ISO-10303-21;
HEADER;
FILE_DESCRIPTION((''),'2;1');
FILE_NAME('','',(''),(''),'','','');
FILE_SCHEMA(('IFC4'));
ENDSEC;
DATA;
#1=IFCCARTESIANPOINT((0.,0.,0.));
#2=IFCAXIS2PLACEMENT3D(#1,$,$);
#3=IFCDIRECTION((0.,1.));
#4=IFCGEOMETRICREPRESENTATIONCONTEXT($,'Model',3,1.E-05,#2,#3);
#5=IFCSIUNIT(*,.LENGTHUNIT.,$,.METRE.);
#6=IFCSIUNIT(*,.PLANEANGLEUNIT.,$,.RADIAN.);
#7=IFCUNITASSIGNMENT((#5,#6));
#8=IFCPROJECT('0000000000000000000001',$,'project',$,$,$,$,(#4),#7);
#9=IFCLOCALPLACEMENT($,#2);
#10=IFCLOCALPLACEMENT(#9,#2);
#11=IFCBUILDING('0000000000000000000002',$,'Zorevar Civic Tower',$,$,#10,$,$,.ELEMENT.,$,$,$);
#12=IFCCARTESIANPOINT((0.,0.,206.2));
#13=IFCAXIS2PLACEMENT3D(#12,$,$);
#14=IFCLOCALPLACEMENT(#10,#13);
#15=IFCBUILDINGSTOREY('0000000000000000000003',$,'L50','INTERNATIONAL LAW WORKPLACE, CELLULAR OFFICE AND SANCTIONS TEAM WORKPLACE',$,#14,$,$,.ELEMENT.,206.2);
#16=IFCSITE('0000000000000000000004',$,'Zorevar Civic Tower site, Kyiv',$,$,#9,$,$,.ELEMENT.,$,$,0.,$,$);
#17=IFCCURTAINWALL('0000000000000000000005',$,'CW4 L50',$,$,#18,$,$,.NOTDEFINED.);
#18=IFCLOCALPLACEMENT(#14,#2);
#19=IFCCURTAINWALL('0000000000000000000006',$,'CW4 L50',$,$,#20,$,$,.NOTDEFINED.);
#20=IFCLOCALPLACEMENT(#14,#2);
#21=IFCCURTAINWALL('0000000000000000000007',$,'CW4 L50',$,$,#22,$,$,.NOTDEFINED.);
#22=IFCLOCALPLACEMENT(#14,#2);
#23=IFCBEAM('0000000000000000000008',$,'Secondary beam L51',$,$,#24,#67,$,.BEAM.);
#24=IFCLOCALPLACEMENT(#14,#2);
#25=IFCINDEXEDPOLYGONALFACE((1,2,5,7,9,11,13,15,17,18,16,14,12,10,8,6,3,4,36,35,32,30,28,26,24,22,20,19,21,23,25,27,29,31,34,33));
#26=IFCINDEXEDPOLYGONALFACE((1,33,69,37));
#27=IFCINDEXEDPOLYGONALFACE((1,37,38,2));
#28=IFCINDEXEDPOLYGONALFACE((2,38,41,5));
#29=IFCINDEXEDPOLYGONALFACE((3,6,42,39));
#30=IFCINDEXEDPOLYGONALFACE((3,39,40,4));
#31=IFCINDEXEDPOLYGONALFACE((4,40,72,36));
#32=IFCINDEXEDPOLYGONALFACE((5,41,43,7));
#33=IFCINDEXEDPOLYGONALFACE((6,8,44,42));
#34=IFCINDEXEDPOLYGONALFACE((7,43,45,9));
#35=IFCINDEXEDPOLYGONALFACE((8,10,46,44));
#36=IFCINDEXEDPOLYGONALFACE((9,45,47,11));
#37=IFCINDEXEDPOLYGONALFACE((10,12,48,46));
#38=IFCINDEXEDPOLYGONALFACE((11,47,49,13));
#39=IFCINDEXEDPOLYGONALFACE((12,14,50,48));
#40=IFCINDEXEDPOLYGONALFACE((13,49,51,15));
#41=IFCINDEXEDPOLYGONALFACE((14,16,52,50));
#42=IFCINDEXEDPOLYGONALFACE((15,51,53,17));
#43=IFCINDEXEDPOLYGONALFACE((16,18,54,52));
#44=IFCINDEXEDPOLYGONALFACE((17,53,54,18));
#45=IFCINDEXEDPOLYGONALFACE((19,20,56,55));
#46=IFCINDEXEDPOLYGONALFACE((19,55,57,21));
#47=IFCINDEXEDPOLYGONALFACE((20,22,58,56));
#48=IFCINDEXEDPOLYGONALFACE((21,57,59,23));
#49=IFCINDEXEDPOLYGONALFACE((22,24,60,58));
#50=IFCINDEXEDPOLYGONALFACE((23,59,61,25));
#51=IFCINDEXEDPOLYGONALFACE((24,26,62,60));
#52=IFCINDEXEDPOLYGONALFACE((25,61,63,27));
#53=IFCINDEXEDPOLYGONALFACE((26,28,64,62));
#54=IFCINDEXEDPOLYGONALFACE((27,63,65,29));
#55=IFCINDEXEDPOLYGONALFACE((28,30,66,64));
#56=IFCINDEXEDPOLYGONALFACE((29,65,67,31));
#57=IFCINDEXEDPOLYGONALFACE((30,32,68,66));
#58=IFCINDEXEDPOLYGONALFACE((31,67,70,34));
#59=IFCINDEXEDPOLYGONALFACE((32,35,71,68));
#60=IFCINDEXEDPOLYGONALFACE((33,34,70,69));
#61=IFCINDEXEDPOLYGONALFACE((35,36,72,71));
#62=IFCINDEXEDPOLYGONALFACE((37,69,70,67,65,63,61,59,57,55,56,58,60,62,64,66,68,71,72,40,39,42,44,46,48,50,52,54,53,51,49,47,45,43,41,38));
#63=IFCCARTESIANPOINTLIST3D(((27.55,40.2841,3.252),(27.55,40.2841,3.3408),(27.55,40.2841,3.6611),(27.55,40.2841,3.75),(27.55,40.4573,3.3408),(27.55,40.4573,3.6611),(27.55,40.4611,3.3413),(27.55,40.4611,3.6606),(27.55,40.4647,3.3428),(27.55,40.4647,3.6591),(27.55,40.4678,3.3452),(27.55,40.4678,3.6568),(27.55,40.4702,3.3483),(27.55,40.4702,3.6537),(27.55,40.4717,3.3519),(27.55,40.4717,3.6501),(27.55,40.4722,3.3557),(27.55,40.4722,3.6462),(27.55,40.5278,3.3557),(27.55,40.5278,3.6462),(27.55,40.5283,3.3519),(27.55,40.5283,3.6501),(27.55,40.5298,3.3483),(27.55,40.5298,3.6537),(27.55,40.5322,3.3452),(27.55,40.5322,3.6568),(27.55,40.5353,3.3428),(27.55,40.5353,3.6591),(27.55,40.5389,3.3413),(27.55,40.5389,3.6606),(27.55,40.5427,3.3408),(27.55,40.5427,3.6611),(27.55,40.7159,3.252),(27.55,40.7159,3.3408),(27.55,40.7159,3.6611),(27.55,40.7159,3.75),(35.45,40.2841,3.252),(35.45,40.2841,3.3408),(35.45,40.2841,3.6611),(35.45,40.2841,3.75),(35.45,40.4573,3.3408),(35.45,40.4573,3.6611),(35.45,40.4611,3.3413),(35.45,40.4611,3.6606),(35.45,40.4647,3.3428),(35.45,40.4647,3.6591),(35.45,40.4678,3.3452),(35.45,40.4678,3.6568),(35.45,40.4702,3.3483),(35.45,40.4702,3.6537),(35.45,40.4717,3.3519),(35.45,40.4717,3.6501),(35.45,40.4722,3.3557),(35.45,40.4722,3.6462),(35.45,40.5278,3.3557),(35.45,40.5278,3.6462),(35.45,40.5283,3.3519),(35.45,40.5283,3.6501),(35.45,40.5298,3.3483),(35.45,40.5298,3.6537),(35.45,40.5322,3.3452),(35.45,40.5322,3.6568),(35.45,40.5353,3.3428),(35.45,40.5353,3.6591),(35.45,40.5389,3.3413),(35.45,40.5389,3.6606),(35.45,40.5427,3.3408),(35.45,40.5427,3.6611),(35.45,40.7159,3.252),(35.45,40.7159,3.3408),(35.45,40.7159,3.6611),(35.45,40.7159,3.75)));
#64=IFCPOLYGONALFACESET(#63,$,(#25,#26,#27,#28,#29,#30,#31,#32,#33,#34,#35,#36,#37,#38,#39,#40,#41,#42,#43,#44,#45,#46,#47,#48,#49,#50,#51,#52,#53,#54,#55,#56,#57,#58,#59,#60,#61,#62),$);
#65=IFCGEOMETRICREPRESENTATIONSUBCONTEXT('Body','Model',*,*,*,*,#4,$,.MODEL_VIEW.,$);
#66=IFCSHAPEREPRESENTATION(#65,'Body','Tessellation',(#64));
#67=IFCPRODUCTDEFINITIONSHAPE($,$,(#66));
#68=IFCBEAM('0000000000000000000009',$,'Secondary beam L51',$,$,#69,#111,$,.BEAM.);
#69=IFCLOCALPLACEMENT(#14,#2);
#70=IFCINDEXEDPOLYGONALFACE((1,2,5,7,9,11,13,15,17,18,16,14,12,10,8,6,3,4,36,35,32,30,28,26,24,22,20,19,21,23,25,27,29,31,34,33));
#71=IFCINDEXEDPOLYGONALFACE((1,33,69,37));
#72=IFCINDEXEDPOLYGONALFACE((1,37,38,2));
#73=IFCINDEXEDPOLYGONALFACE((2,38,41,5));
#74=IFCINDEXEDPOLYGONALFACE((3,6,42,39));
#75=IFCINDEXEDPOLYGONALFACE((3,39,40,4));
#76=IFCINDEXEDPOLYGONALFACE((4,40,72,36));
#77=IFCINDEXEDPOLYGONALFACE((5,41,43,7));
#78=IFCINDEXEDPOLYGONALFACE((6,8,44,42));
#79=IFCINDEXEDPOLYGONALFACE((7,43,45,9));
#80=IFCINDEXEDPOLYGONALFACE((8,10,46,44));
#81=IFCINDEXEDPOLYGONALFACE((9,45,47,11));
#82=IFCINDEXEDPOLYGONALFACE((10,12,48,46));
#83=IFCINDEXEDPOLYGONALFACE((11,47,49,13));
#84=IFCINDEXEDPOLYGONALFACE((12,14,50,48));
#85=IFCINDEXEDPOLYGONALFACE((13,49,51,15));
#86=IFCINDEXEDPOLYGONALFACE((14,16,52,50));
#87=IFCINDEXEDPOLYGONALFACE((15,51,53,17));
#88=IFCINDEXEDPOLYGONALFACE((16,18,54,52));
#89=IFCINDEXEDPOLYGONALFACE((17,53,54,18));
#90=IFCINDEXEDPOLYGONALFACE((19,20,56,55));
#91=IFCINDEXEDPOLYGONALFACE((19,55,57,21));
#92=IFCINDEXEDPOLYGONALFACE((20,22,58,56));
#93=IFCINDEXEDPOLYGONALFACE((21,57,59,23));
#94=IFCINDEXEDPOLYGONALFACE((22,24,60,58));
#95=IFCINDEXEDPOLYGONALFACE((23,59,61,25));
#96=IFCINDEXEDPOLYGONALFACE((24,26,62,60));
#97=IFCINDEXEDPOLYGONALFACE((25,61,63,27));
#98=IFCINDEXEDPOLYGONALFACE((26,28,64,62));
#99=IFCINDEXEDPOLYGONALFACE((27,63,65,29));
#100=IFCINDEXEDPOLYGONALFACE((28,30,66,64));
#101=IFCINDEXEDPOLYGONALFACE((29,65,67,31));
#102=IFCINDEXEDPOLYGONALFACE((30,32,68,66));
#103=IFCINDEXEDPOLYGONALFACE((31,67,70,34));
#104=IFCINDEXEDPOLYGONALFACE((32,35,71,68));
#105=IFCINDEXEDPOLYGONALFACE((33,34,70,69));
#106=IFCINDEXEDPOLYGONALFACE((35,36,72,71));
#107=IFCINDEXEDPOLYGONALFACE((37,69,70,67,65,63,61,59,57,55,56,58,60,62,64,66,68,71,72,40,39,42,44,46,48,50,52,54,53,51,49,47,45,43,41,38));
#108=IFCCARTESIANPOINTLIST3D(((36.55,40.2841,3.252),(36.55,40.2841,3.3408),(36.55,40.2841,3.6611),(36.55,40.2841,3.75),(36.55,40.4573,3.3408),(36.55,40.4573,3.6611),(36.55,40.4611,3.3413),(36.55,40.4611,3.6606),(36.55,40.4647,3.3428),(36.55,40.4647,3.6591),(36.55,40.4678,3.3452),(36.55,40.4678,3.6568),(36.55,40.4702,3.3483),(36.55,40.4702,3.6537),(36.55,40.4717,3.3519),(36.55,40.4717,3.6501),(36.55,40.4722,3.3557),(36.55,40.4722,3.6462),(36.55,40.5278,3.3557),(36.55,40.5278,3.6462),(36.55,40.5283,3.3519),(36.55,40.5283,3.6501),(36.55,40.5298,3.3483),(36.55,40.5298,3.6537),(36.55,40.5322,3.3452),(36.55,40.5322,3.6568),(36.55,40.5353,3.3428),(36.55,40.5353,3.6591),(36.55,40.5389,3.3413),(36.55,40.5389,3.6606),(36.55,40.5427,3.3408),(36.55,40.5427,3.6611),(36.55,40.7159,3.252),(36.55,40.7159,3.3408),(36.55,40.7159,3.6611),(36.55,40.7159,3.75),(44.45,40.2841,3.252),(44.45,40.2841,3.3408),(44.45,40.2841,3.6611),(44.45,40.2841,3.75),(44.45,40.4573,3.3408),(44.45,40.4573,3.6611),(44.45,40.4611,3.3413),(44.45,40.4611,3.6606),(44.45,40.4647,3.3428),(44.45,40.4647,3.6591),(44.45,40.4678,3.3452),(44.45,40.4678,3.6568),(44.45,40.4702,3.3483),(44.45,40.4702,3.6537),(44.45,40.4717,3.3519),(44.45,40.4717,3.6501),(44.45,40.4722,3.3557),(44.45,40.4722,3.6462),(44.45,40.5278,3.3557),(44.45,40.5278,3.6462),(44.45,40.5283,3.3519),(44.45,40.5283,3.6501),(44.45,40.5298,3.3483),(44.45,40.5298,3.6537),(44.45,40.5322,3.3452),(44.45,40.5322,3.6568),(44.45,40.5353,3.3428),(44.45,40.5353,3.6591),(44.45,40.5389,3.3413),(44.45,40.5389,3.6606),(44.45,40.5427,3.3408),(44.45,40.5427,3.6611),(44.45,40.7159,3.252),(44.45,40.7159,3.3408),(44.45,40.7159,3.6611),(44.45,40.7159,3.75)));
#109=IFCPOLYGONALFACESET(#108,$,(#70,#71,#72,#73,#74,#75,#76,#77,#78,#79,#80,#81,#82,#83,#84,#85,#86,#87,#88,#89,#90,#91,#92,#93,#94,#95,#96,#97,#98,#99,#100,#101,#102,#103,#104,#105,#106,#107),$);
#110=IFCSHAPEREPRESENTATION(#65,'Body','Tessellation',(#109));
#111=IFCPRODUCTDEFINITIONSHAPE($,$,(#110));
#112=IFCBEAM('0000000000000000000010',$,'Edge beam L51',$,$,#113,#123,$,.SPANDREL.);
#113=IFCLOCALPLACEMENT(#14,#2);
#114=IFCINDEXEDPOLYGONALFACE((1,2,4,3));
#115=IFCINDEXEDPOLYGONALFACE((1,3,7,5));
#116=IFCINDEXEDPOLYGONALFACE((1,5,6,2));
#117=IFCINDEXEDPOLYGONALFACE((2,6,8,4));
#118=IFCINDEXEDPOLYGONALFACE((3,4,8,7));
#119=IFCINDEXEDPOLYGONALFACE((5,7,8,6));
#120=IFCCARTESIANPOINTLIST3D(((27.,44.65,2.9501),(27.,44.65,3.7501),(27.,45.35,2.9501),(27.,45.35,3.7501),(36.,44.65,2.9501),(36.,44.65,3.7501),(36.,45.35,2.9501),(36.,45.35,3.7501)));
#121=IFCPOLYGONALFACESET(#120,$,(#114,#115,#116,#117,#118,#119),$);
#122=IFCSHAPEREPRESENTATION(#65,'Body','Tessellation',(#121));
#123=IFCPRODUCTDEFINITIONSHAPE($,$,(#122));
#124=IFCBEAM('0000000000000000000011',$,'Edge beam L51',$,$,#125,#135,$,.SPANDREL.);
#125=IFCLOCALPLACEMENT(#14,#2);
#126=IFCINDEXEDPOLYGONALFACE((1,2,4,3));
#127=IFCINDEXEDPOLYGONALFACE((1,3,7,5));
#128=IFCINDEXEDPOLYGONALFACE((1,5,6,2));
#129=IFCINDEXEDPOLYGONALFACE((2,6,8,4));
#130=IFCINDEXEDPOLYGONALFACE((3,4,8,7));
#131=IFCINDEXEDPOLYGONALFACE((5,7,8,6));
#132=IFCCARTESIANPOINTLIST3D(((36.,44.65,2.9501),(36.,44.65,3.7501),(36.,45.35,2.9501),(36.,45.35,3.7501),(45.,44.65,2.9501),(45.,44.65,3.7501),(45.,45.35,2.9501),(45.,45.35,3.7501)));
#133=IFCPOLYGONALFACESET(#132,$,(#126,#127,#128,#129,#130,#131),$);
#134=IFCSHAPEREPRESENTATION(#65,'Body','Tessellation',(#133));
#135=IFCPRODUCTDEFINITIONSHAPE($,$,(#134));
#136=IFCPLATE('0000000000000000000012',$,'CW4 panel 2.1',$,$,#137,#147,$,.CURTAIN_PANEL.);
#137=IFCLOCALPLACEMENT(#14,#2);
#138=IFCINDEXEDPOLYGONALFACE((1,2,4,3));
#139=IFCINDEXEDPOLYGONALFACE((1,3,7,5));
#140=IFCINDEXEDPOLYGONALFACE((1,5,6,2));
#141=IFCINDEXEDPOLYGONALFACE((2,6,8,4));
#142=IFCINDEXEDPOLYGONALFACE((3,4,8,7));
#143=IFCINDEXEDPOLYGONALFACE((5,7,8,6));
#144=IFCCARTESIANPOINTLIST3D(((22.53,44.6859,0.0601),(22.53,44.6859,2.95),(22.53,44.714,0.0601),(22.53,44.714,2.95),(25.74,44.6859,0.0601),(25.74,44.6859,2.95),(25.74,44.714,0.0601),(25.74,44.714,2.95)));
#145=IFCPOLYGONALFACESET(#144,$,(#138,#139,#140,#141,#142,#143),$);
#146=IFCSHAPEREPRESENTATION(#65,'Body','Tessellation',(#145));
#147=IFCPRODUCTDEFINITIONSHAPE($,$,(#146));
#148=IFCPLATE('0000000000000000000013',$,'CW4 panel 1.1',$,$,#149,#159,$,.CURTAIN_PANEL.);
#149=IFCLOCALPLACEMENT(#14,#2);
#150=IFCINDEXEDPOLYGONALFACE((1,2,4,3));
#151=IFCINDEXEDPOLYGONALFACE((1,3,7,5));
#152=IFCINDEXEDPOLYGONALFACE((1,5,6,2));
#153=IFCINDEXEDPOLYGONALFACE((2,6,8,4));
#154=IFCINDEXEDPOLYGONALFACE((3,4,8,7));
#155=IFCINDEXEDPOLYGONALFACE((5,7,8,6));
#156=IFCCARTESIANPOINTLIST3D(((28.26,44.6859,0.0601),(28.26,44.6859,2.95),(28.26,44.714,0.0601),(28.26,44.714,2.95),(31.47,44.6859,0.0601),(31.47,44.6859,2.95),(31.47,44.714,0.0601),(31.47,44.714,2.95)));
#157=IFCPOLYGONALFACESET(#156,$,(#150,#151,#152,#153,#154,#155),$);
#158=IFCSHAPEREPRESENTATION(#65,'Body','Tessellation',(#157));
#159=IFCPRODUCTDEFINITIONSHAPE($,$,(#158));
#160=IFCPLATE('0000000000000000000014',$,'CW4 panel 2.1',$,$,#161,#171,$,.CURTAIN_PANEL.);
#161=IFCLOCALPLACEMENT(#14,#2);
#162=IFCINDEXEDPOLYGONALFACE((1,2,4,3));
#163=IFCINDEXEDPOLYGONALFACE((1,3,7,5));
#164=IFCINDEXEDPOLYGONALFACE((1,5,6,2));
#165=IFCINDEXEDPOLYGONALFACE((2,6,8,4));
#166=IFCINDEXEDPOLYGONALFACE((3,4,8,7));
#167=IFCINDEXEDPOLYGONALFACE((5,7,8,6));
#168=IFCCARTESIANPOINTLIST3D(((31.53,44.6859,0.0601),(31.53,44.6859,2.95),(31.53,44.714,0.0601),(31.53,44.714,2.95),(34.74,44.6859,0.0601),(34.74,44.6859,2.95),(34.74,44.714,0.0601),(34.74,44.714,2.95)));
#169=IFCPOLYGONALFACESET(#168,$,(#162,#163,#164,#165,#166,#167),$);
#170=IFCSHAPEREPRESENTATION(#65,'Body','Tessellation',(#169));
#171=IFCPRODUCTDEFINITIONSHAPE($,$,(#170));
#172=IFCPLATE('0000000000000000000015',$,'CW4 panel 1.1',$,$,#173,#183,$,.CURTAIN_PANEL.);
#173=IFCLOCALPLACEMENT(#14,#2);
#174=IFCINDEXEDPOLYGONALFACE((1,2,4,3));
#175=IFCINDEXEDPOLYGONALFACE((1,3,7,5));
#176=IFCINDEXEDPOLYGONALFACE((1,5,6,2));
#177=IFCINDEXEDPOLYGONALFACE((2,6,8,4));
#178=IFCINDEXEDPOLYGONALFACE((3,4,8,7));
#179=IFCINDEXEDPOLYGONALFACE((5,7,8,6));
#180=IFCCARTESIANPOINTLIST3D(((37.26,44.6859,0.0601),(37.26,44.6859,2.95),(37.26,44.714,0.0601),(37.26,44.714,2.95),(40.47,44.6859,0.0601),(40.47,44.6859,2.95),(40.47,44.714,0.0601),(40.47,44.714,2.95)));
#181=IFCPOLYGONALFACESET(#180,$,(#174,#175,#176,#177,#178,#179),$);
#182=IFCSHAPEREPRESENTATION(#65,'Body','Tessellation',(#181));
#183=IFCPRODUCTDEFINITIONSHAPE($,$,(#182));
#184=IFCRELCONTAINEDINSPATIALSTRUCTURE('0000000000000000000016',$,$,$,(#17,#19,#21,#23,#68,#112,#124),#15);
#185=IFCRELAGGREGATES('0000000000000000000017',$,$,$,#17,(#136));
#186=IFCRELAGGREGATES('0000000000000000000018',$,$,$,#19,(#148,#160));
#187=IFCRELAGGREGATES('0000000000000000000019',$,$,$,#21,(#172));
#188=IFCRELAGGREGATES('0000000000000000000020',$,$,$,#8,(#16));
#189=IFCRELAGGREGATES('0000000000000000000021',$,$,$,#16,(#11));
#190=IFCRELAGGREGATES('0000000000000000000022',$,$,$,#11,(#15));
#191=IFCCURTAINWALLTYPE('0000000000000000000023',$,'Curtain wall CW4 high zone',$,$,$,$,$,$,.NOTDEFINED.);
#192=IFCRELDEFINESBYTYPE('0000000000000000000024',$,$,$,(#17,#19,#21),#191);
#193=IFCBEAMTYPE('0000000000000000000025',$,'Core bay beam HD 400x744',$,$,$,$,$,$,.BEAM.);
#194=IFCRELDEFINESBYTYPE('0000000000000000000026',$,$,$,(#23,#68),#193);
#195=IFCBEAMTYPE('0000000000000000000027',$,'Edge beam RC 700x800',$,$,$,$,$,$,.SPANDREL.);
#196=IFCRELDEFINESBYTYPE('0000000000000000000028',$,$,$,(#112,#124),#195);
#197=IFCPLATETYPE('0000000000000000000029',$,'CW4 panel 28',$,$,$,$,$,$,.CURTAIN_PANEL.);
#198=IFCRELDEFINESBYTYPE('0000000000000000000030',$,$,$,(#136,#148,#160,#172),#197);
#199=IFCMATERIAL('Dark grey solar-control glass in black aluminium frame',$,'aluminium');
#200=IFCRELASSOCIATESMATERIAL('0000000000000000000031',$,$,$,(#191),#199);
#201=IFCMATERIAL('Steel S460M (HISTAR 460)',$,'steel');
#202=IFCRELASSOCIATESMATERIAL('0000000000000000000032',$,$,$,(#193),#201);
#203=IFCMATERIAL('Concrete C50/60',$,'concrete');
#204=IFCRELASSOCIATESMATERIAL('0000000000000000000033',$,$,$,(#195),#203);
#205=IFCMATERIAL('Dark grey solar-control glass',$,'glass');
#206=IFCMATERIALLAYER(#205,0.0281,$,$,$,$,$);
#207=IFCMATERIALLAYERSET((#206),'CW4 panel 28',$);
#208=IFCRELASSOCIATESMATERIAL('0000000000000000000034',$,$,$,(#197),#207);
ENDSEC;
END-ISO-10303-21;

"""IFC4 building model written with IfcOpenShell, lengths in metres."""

from ifc_helpers import new_model, si_unit, direction, frame, origin, origin_2d, place, context, subcontext, project, spatial, rectangle, i_section, extrude, material, layer, layer_set, material_profile, profile_set, type_object, element, aggregate, save


model = new_model("IFC4")

# Units and contexts
model_context = context("Model", 3, precision=1e-05, world=origin(), true_north=direction((0.0, 1.0)))
body_context = subcontext(model_context, "Body", "Model", "MODEL_VIEW")
ifc_project = project(units=[si_unit("LENGTHUNIT", "METRE"), si_unit("PLANEANGLEUNIT", "RADIAN")], contexts=[model_context])

# Site, building, storey
site_placement = place(None, origin())
site = spatial("IfcSite", under=ifc_project, at=site_placement, Name="Zorevar Civic Tower site, Kyiv", CompositionType="ELEMENT", RefElevation=0.0)
building_placement = place(site_placement, origin())
building = spatial("IfcBuilding", under=site, at=building_placement, Name="Zorevar Civic Tower", CompositionType="ELEMENT")
storey_placement = place(building_placement, frame((0.0, 0.0, 206.2)))
storey = spatial("IfcBuildingStorey", under=building, at=storey_placement, Name="L50", Description="INTERNATIONAL LAW WORKPLACE, CELLULAR OFFICE AND SANCTIONS TEAM WORKPLACE", CompositionType="ELEMENT", Elevation=206.2)

# Curtain walls
ifc_material_1 = material(Name="Dark grey solar-control glass in black aluminium frame", Category="aluminium")
curtain_wall_type = type_object("IfcCurtainWallType", Name="Curtain wall CW4 high zone", PredefinedType="NOTDEFINED", material=ifc_material_1)
curtain_wall_1_placement = place(storey_placement, origin())
curtain_wall_1 = element("IfcCurtainWall", 1, at=curtain_wall_1_placement, inside=storey, type_object=curtain_wall_type, Name="CW4 L50", PredefinedType="NOTDEFINED")
curtain_wall_2_placement = place(storey_placement, origin())
curtain_wall_2 = element("IfcCurtainWall", 2, at=curtain_wall_2_placement, inside=storey, type_object=curtain_wall_type, Name="CW4 L50", PredefinedType="NOTDEFINED")
curtain_wall_3_placement = place(storey_placement, origin())
curtain_wall_3 = element("IfcCurtainWall", 3, at=curtain_wall_3_placement, inside=storey, type_object=curtain_wall_type, Name="CW4 L50", PredefinedType="NOTDEFINED")

# Beams
ifc_material_2 = material(Name="Steel S460M (HISTAR 460)", Category="steel")
ifc_material_profile_1 = material_profile(ifc_material_2, i_section(OverallWidth=0.4319, OverallDepth=0.498, WebThickness=0.0557, FlangeThickness=0.0889, FilletRadius=0.0149, at=origin_2d()), Name="HD 400x744")
ifc_profile_set_1 = profile_set([ifc_material_profile_1], Name="Steel S460M (HISTAR 460)")
beam_type_1 = type_object("IfcBeamType", Name="Core bay beam HD 400x744", PredefinedType="BEAM", material=ifc_profile_set_1)
for number, where, z_axis, x_axis, name in (
    (4, (27.55, 40.5, 3.501), (1.0, 0.0, 0.0), (0.0, 1.0, 0.0), "Secondary beam L51"),
    (5, (36.55, 40.5, 3.501), (1.0, 0.0, 0.0), (0.0, 1.0, 0.0), "Secondary beam L51"),
):
    element("IfcBeam", number, at=place(storey_placement, frame(where, z_axis=z_axis, x_axis=x_axis)), inside=storey, type_object=beam_type_1, Name=name, PredefinedType="BEAM", context=body_context, shape_type="SweptSolid", body=[
        extrude(i_section(OverallWidth=0.4319, OverallDepth=0.498, WebThickness=0.0557, FlangeThickness=0.0889, FilletRadius=0.0149, at=origin_2d()), origin(), (0.0, 0.0, 1.0), 7.8999),
    ])
ifc_material_3 = material(Name="Concrete C50/60", Category="concrete")
ifc_material_profile_2 = material_profile(ifc_material_3, rectangle(XDim=0.7, YDim=0.8, at=origin_2d()), Name="RC 700x800")
ifc_profile_set_2 = profile_set([ifc_material_profile_2], Name="Concrete C50/60")
beam_type_2 = type_object("IfcBeamType", Name="Edge beam RC 700x800", PredefinedType="SPANDREL", material=ifc_profile_set_2)
for number, where, z_axis, x_axis, name in (
    (6, (27.0, 45.0, 3.3501), (1.0, 0.0, 0.0), (0.0, 1.0, 0.0), "Edge beam L51"),
    (7, (36.0, 45.0, 3.3501), (1.0, 0.0, 0.0), (0.0, 1.0, 0.0), "Edge beam L51"),
):
    element("IfcBeam", number, at=place(storey_placement, frame(where, z_axis=z_axis, x_axis=x_axis)), inside=storey, type_object=beam_type_2, Name=name, PredefinedType="SPANDREL", context=body_context, shape_type="SweptSolid", body=[
        extrude(rectangle(XDim=0.7, YDim=0.8, at=origin_2d()), origin(), (0.0, 0.0, 1.0), 9.0),
    ])

# Plates
ifc_material_4 = material(Name="Dark grey solar-control glass", Category="glass")
ifc_layer_1 = layer(ifc_material_4, 0.0281)
ifc_layer_set_1 = layer_set([ifc_layer_1], Name="CW4 panel 28")
plate_type = type_object("IfcPlateType", Name="CW4 panel 28", PredefinedType="CURTAIN_PANEL", material=ifc_layer_set_1)
plate_1_placement = place(storey_placement, frame((24.135, 44.7, 0.0601), z_axis=(0.0, 0.0, 1.0), x_axis=(1.0, 0.0, 0.0)))
plate_1 = element("IfcPlate", 8, at=plate_1_placement, type_object=plate_type, Name="CW4 panel 2.1", PredefinedType="CURTAIN_PANEL", context=body_context, shape_type="SweptSolid", body=[
    extrude(rectangle(XDim=3.21, YDim=0.0281, at=origin_2d()), origin(), (0.0, 0.0, 1.0), 2.8899),
])
aggregate(curtain_wall_1, [plate_1])
plate_2_placement = place(storey_placement, frame((29.865, 44.7, 0.0601), z_axis=(0.0, 0.0, 1.0), x_axis=(1.0, 0.0, 0.0)))
plate_2 = element("IfcPlate", 9, at=plate_2_placement, type_object=plate_type, Name="CW4 panel 1.1", PredefinedType="CURTAIN_PANEL", context=body_context, shape_type="SweptSolid", body=[
    extrude(rectangle(XDim=3.21, YDim=0.0281, at=origin_2d()), origin(), (0.0, 0.0, 1.0), 2.8899),
])
plate_3_placement = place(storey_placement, frame((33.135, 44.7, 0.0601), z_axis=(0.0, 0.0, 1.0), x_axis=(1.0, 0.0, 0.0)))
plate_3 = element("IfcPlate", 10, at=plate_3_placement, type_object=plate_type, Name="CW4 panel 2.1", PredefinedType="CURTAIN_PANEL", context=body_context, shape_type="SweptSolid", body=[
    extrude(rectangle(XDim=3.21, YDim=0.0281, at=origin_2d()), origin(), (0.0, 0.0, 1.0), 2.8899),
])
aggregate(curtain_wall_2, [plate_2, plate_3])
plate_4_placement = place(storey_placement, frame((38.865, 44.7, 0.0601), z_axis=(0.0, 0.0, 1.0), x_axis=(1.0, 0.0, 0.0)))
plate_4 = element("IfcPlate", 11, at=plate_4_placement, type_object=plate_type, Name="CW4 panel 1.1", PredefinedType="CURTAIN_PANEL", context=body_context, shape_type="SweptSolid", body=[
    extrude(rectangle(XDim=3.21, YDim=0.0281, at=origin_2d()), origin(), (0.0, 0.0, 1.0), 2.8899),
])
aggregate(curtain_wall_3, [plate_4])

save(model, "model.ifc")
